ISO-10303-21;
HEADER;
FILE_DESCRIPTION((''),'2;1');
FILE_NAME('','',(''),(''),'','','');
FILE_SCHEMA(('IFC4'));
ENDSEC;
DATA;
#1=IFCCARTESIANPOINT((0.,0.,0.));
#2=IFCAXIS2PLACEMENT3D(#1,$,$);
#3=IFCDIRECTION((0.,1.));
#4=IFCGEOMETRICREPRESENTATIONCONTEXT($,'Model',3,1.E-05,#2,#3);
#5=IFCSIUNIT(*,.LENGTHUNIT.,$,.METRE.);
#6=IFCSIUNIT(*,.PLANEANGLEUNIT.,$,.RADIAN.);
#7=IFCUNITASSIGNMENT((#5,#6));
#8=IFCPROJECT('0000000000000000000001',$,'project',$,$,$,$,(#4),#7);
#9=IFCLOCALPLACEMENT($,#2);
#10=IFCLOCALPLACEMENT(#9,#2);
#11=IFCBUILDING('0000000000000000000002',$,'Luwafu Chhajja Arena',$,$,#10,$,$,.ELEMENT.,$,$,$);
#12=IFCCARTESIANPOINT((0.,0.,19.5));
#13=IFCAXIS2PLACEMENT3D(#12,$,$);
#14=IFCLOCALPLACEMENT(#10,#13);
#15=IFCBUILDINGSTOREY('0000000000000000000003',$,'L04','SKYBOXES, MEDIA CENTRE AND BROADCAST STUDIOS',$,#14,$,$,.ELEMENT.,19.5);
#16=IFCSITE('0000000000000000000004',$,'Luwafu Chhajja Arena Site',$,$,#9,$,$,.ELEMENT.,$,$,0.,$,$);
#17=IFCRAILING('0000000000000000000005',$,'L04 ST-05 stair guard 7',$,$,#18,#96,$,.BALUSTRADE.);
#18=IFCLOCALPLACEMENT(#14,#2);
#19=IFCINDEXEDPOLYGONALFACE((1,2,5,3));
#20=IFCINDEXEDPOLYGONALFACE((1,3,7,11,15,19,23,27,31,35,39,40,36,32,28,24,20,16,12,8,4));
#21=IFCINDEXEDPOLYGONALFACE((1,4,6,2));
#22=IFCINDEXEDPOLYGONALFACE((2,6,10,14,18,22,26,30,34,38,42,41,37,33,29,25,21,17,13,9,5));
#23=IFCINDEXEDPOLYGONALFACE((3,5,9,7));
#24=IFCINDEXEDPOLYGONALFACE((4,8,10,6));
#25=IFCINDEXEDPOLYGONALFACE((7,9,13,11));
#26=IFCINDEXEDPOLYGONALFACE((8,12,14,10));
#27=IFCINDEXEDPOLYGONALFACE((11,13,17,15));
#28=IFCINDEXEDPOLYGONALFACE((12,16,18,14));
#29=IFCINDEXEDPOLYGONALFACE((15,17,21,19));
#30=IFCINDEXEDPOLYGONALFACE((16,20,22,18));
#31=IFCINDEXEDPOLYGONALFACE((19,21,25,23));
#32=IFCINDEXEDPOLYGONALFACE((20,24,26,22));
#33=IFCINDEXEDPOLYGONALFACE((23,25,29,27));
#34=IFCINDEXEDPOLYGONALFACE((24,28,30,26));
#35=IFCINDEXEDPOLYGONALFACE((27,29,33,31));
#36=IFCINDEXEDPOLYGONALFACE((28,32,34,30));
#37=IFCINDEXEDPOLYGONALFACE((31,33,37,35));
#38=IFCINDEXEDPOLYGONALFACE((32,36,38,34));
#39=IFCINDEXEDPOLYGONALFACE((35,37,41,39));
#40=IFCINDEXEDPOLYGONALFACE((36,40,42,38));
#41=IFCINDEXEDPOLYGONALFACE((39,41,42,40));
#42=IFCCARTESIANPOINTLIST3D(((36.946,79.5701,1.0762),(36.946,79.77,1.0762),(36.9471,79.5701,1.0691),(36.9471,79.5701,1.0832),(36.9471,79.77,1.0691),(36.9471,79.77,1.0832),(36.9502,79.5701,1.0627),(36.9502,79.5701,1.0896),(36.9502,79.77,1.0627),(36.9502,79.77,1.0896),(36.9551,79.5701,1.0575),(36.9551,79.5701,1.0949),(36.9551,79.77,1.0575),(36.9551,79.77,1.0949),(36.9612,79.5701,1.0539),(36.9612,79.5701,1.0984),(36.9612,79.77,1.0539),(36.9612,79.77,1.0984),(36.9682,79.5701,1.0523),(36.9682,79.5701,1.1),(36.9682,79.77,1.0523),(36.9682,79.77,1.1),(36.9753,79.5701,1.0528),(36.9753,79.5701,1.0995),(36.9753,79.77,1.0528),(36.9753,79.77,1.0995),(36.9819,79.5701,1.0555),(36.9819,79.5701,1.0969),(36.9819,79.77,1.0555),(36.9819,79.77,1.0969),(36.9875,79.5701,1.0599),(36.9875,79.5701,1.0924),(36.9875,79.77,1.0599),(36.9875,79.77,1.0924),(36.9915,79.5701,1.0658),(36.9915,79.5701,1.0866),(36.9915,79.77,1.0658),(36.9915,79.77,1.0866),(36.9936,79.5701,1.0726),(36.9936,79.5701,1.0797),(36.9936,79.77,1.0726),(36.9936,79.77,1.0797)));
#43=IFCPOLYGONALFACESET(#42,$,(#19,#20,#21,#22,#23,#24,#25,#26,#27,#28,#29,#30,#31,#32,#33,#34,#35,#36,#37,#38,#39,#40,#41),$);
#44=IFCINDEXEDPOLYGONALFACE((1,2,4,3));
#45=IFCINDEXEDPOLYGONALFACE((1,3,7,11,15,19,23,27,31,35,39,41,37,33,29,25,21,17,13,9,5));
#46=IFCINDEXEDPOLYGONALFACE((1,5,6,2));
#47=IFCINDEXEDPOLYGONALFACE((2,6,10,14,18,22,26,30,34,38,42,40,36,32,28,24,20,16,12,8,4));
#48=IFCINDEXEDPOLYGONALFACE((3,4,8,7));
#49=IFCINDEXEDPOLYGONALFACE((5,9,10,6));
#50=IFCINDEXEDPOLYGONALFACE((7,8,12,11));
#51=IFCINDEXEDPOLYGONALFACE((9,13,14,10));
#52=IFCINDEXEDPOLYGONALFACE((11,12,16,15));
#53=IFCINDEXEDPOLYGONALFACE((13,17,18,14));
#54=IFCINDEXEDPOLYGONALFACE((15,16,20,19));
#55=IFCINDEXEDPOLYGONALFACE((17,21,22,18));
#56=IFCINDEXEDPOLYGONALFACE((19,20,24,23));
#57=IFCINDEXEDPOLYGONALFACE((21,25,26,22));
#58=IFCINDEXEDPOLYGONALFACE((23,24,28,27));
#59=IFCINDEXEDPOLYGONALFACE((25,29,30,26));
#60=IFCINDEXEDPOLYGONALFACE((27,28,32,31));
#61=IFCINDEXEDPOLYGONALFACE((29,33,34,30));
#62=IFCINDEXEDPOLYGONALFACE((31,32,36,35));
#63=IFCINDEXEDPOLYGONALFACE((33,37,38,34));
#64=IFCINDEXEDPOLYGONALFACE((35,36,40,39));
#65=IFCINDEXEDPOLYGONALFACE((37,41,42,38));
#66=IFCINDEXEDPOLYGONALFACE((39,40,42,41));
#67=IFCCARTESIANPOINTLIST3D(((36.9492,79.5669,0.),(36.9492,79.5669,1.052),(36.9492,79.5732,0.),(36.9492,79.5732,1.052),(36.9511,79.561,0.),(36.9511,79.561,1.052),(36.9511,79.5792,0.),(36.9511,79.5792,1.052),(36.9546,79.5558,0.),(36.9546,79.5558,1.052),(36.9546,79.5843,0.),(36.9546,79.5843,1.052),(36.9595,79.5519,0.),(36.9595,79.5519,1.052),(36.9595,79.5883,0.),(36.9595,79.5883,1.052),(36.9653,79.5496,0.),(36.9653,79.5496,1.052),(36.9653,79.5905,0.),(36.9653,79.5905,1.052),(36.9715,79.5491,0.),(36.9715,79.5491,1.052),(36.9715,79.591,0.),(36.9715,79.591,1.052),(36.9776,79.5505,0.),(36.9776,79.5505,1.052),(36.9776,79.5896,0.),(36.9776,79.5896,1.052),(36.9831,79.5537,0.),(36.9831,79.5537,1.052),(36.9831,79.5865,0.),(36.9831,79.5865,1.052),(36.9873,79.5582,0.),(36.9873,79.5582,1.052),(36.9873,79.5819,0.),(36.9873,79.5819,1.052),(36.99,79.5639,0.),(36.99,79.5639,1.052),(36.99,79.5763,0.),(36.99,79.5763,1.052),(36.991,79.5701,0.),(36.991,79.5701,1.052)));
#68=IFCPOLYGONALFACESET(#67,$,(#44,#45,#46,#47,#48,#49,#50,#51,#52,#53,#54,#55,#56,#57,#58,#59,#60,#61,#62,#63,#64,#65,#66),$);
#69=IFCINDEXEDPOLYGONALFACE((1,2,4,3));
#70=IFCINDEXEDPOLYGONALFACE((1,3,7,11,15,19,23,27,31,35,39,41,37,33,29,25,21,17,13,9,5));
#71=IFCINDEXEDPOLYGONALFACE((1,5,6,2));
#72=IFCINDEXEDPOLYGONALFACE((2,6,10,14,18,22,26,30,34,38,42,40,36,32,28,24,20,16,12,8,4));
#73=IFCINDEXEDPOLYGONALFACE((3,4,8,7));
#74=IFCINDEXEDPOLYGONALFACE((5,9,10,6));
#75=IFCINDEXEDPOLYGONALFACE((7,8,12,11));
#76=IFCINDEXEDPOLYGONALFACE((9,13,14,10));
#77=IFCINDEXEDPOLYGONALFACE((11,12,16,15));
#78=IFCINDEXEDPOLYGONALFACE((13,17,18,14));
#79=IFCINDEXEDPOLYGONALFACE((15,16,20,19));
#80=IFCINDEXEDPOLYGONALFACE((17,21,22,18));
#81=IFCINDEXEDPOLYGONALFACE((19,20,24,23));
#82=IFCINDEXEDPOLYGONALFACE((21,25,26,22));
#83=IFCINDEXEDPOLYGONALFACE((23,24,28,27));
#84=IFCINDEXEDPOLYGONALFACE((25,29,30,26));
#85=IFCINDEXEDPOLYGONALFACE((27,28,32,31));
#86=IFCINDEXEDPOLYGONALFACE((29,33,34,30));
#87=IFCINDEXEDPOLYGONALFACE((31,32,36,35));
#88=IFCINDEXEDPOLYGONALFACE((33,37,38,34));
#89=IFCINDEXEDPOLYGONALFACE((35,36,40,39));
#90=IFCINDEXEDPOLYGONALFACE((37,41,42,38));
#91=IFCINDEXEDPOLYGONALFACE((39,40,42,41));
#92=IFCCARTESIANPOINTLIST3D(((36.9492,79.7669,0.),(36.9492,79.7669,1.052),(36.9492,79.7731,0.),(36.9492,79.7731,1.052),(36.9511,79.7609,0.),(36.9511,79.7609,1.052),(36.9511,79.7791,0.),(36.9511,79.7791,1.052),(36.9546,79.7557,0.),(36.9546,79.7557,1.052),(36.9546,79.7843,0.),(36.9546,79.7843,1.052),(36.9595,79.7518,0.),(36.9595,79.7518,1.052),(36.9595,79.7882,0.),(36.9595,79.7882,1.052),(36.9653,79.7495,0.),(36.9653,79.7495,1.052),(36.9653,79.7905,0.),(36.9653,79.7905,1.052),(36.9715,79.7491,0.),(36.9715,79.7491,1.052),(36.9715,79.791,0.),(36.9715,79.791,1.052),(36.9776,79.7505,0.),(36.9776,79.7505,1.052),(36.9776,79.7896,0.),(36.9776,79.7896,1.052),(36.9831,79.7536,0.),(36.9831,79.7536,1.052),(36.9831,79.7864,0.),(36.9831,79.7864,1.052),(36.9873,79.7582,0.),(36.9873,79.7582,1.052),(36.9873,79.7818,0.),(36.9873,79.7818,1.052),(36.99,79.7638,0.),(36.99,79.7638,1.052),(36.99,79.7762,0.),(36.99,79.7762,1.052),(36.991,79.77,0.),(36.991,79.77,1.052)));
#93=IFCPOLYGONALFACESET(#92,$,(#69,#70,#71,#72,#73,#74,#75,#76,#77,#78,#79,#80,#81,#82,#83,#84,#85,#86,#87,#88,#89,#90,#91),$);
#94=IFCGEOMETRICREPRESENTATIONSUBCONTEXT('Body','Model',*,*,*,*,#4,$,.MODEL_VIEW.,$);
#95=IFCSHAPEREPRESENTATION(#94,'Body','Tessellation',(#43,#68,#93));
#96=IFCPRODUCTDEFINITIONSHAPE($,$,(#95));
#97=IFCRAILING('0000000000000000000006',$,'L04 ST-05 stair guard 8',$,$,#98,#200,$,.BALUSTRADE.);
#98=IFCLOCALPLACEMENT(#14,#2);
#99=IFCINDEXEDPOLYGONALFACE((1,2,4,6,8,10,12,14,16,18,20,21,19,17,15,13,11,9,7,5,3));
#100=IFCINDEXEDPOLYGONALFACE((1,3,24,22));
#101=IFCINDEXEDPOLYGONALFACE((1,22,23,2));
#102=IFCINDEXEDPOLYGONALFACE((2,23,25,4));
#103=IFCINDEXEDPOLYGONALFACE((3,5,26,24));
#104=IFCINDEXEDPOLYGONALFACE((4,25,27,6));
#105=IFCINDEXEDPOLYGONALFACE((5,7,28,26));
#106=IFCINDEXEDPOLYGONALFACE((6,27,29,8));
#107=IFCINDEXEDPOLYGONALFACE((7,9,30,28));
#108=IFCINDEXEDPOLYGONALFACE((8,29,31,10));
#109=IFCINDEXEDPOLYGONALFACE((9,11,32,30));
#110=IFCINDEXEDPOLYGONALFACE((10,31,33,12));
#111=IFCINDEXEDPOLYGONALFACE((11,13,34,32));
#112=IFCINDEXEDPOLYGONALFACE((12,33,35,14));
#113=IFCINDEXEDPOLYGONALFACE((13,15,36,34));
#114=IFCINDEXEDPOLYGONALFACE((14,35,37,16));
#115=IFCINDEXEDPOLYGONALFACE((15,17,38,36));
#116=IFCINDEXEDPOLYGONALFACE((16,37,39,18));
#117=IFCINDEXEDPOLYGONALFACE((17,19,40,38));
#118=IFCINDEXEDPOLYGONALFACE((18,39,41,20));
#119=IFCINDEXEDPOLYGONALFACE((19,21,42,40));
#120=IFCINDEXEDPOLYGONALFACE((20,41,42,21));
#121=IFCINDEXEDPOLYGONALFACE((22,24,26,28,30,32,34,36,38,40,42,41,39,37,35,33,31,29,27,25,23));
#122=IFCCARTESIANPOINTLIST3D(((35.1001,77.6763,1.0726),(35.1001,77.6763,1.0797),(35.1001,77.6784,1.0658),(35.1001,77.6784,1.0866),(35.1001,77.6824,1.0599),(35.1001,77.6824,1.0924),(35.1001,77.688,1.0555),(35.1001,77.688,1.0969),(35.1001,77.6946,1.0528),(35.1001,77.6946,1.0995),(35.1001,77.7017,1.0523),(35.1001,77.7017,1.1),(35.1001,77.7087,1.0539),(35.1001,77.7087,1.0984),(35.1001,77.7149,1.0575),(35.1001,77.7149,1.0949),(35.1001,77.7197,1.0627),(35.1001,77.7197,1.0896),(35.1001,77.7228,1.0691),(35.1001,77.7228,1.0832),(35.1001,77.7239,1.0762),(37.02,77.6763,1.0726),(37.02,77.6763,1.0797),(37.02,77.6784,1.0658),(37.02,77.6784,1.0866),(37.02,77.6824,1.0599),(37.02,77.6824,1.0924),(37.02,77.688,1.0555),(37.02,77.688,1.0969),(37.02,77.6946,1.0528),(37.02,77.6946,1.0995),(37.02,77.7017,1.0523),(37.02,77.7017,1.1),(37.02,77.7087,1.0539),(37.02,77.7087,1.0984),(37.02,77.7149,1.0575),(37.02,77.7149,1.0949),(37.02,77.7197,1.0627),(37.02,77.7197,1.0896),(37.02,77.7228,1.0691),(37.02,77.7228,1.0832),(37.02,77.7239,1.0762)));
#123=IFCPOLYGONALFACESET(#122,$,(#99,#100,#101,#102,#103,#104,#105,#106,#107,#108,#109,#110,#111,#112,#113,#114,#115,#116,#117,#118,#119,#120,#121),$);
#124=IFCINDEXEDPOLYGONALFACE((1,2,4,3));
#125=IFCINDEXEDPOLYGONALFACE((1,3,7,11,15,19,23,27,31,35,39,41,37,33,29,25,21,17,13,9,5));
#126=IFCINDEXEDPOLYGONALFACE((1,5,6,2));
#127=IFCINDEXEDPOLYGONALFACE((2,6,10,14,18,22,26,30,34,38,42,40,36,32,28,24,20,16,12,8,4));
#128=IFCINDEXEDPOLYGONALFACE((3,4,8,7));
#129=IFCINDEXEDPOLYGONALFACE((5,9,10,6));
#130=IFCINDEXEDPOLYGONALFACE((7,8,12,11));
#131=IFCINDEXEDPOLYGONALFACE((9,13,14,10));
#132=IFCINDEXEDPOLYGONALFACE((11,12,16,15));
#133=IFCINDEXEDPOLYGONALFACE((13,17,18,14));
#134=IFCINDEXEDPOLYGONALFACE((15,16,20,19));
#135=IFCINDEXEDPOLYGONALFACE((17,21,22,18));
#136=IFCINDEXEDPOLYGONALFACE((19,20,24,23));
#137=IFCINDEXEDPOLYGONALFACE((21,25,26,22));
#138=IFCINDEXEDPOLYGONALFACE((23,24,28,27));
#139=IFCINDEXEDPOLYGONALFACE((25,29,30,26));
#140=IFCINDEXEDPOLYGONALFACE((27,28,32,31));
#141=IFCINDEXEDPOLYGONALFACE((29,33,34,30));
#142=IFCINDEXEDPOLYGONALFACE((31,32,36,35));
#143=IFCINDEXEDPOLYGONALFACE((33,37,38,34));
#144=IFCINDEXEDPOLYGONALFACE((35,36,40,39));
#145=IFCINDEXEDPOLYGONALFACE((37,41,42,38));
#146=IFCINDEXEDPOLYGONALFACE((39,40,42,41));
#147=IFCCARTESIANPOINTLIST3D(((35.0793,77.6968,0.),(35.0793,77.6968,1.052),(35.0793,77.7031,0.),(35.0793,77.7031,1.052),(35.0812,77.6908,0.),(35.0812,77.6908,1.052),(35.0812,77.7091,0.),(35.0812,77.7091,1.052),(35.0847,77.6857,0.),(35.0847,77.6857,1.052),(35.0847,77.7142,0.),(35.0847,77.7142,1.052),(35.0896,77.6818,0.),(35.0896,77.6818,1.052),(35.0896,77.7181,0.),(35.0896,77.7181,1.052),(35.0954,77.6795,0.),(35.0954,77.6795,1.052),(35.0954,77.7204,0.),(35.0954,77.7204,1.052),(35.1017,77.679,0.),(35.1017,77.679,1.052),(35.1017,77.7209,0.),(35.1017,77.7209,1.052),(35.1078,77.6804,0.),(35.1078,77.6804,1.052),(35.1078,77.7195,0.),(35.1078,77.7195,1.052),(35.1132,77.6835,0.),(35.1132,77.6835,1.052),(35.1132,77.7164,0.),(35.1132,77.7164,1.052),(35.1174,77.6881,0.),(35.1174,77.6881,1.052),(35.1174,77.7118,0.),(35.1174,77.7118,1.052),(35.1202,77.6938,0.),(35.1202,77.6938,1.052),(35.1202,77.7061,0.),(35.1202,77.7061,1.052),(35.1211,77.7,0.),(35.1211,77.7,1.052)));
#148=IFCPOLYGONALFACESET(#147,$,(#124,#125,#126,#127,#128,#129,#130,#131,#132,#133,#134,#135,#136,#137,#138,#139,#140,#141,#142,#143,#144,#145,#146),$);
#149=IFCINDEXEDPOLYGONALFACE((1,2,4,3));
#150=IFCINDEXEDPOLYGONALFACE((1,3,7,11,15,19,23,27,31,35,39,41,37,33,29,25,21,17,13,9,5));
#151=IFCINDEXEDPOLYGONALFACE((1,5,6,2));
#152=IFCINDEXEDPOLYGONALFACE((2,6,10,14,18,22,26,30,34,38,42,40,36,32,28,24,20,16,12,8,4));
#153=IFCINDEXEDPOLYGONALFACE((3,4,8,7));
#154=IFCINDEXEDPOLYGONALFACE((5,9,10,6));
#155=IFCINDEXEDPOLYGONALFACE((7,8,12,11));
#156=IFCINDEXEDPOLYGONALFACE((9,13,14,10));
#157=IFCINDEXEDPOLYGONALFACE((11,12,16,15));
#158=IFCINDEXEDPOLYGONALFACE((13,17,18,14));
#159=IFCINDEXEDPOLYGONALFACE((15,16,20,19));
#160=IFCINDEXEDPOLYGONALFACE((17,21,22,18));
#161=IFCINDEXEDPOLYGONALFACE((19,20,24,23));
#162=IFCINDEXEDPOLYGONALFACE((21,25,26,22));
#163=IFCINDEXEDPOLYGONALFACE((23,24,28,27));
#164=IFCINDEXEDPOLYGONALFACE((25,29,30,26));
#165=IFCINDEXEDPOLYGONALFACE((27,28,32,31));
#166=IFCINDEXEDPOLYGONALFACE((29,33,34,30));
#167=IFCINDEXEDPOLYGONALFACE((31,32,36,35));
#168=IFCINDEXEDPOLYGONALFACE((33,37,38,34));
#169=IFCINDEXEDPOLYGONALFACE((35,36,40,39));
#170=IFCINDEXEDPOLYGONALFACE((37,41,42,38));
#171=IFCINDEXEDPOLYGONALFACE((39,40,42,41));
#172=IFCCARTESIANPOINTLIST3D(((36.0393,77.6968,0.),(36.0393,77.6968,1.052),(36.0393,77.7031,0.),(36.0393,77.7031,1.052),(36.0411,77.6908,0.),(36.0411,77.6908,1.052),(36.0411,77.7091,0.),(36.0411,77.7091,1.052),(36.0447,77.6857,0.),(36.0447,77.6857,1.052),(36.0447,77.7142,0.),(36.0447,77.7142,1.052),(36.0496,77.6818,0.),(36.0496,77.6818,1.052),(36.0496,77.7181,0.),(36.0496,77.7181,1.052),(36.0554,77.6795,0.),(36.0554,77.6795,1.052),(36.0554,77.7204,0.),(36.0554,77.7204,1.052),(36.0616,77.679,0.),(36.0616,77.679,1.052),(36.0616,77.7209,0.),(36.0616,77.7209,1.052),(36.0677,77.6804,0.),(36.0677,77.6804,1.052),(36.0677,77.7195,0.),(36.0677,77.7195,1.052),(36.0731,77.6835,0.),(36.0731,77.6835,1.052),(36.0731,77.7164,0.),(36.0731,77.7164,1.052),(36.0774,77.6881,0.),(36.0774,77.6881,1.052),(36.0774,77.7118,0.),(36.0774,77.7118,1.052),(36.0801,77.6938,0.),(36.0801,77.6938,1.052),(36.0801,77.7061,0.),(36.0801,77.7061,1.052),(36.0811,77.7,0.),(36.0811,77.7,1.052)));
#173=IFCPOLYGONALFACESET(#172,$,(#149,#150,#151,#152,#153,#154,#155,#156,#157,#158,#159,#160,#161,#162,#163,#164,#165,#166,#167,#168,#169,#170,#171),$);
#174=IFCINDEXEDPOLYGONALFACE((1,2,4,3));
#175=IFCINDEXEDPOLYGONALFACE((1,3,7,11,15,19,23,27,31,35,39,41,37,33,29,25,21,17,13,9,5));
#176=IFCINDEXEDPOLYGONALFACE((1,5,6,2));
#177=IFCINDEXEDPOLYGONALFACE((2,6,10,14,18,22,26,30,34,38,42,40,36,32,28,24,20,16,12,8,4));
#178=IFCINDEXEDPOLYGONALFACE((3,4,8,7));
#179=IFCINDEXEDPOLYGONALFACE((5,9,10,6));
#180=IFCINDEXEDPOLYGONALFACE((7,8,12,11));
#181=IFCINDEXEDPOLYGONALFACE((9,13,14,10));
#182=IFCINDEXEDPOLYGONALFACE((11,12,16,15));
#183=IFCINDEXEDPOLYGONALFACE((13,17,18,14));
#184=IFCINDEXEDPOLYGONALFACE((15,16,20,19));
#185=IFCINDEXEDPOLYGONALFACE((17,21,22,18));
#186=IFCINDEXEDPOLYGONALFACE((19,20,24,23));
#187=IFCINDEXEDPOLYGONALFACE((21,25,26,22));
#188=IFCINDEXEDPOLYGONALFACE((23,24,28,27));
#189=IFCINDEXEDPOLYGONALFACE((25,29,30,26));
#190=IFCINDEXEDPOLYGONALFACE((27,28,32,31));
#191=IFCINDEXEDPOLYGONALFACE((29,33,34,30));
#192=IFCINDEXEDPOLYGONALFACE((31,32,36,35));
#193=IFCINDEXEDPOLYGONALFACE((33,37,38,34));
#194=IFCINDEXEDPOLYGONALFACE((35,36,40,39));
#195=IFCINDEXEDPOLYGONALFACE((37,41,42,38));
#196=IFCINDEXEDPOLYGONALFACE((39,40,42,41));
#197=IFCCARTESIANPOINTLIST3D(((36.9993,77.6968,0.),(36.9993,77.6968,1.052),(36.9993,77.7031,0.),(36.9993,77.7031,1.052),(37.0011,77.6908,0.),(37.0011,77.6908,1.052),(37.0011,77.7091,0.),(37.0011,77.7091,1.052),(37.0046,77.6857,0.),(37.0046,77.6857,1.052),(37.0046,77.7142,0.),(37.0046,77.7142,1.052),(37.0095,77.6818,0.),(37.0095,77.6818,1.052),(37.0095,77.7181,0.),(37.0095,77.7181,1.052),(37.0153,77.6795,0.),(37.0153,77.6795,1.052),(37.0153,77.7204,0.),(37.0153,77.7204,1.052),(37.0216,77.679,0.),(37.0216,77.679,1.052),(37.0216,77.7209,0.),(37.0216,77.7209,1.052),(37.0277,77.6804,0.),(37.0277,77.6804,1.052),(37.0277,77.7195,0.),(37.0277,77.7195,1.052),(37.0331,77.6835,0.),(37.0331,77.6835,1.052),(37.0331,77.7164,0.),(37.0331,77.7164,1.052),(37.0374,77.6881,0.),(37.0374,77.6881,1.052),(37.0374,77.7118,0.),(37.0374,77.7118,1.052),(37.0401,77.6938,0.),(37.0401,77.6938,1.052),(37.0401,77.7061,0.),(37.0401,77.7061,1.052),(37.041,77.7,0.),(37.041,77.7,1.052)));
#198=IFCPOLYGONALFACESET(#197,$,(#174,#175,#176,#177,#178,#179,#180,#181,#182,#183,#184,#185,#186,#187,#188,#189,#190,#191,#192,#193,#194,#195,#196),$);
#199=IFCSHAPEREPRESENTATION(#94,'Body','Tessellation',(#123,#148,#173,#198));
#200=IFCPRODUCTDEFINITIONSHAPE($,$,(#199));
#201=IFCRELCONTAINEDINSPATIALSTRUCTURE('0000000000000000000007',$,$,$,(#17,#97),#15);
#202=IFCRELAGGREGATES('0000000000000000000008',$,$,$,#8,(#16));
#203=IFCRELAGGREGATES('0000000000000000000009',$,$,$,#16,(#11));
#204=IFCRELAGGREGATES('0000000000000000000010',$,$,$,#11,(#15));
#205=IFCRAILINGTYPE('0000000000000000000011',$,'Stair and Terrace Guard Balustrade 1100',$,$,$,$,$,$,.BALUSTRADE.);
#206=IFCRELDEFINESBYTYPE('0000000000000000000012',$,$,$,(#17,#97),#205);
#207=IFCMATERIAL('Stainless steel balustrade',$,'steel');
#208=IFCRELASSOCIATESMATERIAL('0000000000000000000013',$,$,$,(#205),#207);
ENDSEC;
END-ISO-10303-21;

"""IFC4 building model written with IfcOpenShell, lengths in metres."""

from ifc_helpers import new_model, si_unit, direction, frame, origin, origin_2d, place, context, subcontext, project, spatial, circle, extrude, material, type_object, element, save


model = new_model("IFC4")

# Units and contexts
model_context = context("Model", 3, precision=1e-05, world=origin(), true_north=direction((0.0, 1.0)))
body_context = subcontext(model_context, "Body", "Model", "MODEL_VIEW")
ifc_project = project(units=[si_unit("LENGTHUNIT", "METRE"), si_unit("PLANEANGLEUNIT", "RADIAN")], contexts=[model_context])

# Site, building, storey
site_placement = place(None, origin())
site = spatial("IfcSite", under=ifc_project, at=site_placement, Name="Luwafu Chhajja Arena Site", CompositionType="ELEMENT", RefElevation=0.0)
building_placement = place(site_placement, origin())
building = spatial("IfcBuilding", under=site, at=building_placement, Name="Luwafu Chhajja Arena", CompositionType="ELEMENT")
storey_placement = place(building_placement, frame((0.0, 0.0, 19.5)))
storey = spatial("IfcBuildingStorey", under=building, at=storey_placement, Name="L04", Description="SKYBOXES, MEDIA CENTRE AND BROADCAST STUDIOS", CompositionType="ELEMENT", Elevation=19.5)

# Railings
ifc_material_1 = material(Name="Stainless steel balustrade", Category="steel")
railing_type_1 = type_object("IfcRailingType", Name="Stair and Terrace Guard Balustrade 1100", PredefinedType="BALUSTRADE", material=ifc_material_1)
railing_1_placement = place(storey_placement, frame((36.97, 79.5701, 0.0)))
element("IfcRailing", 1, at=railing_1_placement, inside=storey, type_object=railing_type_1, Name="L04 ST-05 stair guard 7", PredefinedType="BALUSTRADE", context=body_context, shape_type="SweptSolid", body=[
    extrude(circle(Radius=0.0239, at=origin_2d()), frame((0.0, 0.0, 1.0762), z_axis=(0.0, 1.0, 0.0), x_axis=(-1.0, 0.0, 0.0)), (0.0, 0.0, 1.0), 0.2),
    extrude(circle(Radius=0.021, at=origin_2d()), origin(), (0.0, 0.0, 1.0), 1.052),
    extrude(circle(Radius=0.021, at=origin_2d()), frame((0.0, 0.2, 0.0)), (0.0, 0.0, 1.0), 1.052),
])
for number, where, name in (
    (2, (35.1001, 77.7, 0.0), "L04 ST-05 stair guard 8"),
):
    element("IfcRailing", number, at=place(storey_placement, frame(where)), inside=storey, type_object=railing_type_1, Name=name, PredefinedType="BALUSTRADE", context=body_context, shape_type="SweptSolid", body=[
        extrude(circle(Radius=0.0239, at=origin_2d()), frame((0.0, 0.0, 1.0762), z_axis=(1.0, 0.0, 0.0), x_axis=(0.0, 1.0, 0.0)), (0.0, 0.0, 1.0), 1.9199),
        extrude(circle(Radius=0.021, at=origin_2d()), origin(), (0.0, 0.0, 1.0), 1.052),
        extrude(circle(Radius=0.021, at=origin_2d()), frame((0.96, 0.0, 0.0)), (0.0, 0.0, 1.0), 1.052),
        extrude(circle(Radius=0.021, at=origin_2d()), frame((1.9199, 0.0, 0.0)), (0.0, 0.0, 1.0), 1.052),
    ])

save(model, "model.ifc")
